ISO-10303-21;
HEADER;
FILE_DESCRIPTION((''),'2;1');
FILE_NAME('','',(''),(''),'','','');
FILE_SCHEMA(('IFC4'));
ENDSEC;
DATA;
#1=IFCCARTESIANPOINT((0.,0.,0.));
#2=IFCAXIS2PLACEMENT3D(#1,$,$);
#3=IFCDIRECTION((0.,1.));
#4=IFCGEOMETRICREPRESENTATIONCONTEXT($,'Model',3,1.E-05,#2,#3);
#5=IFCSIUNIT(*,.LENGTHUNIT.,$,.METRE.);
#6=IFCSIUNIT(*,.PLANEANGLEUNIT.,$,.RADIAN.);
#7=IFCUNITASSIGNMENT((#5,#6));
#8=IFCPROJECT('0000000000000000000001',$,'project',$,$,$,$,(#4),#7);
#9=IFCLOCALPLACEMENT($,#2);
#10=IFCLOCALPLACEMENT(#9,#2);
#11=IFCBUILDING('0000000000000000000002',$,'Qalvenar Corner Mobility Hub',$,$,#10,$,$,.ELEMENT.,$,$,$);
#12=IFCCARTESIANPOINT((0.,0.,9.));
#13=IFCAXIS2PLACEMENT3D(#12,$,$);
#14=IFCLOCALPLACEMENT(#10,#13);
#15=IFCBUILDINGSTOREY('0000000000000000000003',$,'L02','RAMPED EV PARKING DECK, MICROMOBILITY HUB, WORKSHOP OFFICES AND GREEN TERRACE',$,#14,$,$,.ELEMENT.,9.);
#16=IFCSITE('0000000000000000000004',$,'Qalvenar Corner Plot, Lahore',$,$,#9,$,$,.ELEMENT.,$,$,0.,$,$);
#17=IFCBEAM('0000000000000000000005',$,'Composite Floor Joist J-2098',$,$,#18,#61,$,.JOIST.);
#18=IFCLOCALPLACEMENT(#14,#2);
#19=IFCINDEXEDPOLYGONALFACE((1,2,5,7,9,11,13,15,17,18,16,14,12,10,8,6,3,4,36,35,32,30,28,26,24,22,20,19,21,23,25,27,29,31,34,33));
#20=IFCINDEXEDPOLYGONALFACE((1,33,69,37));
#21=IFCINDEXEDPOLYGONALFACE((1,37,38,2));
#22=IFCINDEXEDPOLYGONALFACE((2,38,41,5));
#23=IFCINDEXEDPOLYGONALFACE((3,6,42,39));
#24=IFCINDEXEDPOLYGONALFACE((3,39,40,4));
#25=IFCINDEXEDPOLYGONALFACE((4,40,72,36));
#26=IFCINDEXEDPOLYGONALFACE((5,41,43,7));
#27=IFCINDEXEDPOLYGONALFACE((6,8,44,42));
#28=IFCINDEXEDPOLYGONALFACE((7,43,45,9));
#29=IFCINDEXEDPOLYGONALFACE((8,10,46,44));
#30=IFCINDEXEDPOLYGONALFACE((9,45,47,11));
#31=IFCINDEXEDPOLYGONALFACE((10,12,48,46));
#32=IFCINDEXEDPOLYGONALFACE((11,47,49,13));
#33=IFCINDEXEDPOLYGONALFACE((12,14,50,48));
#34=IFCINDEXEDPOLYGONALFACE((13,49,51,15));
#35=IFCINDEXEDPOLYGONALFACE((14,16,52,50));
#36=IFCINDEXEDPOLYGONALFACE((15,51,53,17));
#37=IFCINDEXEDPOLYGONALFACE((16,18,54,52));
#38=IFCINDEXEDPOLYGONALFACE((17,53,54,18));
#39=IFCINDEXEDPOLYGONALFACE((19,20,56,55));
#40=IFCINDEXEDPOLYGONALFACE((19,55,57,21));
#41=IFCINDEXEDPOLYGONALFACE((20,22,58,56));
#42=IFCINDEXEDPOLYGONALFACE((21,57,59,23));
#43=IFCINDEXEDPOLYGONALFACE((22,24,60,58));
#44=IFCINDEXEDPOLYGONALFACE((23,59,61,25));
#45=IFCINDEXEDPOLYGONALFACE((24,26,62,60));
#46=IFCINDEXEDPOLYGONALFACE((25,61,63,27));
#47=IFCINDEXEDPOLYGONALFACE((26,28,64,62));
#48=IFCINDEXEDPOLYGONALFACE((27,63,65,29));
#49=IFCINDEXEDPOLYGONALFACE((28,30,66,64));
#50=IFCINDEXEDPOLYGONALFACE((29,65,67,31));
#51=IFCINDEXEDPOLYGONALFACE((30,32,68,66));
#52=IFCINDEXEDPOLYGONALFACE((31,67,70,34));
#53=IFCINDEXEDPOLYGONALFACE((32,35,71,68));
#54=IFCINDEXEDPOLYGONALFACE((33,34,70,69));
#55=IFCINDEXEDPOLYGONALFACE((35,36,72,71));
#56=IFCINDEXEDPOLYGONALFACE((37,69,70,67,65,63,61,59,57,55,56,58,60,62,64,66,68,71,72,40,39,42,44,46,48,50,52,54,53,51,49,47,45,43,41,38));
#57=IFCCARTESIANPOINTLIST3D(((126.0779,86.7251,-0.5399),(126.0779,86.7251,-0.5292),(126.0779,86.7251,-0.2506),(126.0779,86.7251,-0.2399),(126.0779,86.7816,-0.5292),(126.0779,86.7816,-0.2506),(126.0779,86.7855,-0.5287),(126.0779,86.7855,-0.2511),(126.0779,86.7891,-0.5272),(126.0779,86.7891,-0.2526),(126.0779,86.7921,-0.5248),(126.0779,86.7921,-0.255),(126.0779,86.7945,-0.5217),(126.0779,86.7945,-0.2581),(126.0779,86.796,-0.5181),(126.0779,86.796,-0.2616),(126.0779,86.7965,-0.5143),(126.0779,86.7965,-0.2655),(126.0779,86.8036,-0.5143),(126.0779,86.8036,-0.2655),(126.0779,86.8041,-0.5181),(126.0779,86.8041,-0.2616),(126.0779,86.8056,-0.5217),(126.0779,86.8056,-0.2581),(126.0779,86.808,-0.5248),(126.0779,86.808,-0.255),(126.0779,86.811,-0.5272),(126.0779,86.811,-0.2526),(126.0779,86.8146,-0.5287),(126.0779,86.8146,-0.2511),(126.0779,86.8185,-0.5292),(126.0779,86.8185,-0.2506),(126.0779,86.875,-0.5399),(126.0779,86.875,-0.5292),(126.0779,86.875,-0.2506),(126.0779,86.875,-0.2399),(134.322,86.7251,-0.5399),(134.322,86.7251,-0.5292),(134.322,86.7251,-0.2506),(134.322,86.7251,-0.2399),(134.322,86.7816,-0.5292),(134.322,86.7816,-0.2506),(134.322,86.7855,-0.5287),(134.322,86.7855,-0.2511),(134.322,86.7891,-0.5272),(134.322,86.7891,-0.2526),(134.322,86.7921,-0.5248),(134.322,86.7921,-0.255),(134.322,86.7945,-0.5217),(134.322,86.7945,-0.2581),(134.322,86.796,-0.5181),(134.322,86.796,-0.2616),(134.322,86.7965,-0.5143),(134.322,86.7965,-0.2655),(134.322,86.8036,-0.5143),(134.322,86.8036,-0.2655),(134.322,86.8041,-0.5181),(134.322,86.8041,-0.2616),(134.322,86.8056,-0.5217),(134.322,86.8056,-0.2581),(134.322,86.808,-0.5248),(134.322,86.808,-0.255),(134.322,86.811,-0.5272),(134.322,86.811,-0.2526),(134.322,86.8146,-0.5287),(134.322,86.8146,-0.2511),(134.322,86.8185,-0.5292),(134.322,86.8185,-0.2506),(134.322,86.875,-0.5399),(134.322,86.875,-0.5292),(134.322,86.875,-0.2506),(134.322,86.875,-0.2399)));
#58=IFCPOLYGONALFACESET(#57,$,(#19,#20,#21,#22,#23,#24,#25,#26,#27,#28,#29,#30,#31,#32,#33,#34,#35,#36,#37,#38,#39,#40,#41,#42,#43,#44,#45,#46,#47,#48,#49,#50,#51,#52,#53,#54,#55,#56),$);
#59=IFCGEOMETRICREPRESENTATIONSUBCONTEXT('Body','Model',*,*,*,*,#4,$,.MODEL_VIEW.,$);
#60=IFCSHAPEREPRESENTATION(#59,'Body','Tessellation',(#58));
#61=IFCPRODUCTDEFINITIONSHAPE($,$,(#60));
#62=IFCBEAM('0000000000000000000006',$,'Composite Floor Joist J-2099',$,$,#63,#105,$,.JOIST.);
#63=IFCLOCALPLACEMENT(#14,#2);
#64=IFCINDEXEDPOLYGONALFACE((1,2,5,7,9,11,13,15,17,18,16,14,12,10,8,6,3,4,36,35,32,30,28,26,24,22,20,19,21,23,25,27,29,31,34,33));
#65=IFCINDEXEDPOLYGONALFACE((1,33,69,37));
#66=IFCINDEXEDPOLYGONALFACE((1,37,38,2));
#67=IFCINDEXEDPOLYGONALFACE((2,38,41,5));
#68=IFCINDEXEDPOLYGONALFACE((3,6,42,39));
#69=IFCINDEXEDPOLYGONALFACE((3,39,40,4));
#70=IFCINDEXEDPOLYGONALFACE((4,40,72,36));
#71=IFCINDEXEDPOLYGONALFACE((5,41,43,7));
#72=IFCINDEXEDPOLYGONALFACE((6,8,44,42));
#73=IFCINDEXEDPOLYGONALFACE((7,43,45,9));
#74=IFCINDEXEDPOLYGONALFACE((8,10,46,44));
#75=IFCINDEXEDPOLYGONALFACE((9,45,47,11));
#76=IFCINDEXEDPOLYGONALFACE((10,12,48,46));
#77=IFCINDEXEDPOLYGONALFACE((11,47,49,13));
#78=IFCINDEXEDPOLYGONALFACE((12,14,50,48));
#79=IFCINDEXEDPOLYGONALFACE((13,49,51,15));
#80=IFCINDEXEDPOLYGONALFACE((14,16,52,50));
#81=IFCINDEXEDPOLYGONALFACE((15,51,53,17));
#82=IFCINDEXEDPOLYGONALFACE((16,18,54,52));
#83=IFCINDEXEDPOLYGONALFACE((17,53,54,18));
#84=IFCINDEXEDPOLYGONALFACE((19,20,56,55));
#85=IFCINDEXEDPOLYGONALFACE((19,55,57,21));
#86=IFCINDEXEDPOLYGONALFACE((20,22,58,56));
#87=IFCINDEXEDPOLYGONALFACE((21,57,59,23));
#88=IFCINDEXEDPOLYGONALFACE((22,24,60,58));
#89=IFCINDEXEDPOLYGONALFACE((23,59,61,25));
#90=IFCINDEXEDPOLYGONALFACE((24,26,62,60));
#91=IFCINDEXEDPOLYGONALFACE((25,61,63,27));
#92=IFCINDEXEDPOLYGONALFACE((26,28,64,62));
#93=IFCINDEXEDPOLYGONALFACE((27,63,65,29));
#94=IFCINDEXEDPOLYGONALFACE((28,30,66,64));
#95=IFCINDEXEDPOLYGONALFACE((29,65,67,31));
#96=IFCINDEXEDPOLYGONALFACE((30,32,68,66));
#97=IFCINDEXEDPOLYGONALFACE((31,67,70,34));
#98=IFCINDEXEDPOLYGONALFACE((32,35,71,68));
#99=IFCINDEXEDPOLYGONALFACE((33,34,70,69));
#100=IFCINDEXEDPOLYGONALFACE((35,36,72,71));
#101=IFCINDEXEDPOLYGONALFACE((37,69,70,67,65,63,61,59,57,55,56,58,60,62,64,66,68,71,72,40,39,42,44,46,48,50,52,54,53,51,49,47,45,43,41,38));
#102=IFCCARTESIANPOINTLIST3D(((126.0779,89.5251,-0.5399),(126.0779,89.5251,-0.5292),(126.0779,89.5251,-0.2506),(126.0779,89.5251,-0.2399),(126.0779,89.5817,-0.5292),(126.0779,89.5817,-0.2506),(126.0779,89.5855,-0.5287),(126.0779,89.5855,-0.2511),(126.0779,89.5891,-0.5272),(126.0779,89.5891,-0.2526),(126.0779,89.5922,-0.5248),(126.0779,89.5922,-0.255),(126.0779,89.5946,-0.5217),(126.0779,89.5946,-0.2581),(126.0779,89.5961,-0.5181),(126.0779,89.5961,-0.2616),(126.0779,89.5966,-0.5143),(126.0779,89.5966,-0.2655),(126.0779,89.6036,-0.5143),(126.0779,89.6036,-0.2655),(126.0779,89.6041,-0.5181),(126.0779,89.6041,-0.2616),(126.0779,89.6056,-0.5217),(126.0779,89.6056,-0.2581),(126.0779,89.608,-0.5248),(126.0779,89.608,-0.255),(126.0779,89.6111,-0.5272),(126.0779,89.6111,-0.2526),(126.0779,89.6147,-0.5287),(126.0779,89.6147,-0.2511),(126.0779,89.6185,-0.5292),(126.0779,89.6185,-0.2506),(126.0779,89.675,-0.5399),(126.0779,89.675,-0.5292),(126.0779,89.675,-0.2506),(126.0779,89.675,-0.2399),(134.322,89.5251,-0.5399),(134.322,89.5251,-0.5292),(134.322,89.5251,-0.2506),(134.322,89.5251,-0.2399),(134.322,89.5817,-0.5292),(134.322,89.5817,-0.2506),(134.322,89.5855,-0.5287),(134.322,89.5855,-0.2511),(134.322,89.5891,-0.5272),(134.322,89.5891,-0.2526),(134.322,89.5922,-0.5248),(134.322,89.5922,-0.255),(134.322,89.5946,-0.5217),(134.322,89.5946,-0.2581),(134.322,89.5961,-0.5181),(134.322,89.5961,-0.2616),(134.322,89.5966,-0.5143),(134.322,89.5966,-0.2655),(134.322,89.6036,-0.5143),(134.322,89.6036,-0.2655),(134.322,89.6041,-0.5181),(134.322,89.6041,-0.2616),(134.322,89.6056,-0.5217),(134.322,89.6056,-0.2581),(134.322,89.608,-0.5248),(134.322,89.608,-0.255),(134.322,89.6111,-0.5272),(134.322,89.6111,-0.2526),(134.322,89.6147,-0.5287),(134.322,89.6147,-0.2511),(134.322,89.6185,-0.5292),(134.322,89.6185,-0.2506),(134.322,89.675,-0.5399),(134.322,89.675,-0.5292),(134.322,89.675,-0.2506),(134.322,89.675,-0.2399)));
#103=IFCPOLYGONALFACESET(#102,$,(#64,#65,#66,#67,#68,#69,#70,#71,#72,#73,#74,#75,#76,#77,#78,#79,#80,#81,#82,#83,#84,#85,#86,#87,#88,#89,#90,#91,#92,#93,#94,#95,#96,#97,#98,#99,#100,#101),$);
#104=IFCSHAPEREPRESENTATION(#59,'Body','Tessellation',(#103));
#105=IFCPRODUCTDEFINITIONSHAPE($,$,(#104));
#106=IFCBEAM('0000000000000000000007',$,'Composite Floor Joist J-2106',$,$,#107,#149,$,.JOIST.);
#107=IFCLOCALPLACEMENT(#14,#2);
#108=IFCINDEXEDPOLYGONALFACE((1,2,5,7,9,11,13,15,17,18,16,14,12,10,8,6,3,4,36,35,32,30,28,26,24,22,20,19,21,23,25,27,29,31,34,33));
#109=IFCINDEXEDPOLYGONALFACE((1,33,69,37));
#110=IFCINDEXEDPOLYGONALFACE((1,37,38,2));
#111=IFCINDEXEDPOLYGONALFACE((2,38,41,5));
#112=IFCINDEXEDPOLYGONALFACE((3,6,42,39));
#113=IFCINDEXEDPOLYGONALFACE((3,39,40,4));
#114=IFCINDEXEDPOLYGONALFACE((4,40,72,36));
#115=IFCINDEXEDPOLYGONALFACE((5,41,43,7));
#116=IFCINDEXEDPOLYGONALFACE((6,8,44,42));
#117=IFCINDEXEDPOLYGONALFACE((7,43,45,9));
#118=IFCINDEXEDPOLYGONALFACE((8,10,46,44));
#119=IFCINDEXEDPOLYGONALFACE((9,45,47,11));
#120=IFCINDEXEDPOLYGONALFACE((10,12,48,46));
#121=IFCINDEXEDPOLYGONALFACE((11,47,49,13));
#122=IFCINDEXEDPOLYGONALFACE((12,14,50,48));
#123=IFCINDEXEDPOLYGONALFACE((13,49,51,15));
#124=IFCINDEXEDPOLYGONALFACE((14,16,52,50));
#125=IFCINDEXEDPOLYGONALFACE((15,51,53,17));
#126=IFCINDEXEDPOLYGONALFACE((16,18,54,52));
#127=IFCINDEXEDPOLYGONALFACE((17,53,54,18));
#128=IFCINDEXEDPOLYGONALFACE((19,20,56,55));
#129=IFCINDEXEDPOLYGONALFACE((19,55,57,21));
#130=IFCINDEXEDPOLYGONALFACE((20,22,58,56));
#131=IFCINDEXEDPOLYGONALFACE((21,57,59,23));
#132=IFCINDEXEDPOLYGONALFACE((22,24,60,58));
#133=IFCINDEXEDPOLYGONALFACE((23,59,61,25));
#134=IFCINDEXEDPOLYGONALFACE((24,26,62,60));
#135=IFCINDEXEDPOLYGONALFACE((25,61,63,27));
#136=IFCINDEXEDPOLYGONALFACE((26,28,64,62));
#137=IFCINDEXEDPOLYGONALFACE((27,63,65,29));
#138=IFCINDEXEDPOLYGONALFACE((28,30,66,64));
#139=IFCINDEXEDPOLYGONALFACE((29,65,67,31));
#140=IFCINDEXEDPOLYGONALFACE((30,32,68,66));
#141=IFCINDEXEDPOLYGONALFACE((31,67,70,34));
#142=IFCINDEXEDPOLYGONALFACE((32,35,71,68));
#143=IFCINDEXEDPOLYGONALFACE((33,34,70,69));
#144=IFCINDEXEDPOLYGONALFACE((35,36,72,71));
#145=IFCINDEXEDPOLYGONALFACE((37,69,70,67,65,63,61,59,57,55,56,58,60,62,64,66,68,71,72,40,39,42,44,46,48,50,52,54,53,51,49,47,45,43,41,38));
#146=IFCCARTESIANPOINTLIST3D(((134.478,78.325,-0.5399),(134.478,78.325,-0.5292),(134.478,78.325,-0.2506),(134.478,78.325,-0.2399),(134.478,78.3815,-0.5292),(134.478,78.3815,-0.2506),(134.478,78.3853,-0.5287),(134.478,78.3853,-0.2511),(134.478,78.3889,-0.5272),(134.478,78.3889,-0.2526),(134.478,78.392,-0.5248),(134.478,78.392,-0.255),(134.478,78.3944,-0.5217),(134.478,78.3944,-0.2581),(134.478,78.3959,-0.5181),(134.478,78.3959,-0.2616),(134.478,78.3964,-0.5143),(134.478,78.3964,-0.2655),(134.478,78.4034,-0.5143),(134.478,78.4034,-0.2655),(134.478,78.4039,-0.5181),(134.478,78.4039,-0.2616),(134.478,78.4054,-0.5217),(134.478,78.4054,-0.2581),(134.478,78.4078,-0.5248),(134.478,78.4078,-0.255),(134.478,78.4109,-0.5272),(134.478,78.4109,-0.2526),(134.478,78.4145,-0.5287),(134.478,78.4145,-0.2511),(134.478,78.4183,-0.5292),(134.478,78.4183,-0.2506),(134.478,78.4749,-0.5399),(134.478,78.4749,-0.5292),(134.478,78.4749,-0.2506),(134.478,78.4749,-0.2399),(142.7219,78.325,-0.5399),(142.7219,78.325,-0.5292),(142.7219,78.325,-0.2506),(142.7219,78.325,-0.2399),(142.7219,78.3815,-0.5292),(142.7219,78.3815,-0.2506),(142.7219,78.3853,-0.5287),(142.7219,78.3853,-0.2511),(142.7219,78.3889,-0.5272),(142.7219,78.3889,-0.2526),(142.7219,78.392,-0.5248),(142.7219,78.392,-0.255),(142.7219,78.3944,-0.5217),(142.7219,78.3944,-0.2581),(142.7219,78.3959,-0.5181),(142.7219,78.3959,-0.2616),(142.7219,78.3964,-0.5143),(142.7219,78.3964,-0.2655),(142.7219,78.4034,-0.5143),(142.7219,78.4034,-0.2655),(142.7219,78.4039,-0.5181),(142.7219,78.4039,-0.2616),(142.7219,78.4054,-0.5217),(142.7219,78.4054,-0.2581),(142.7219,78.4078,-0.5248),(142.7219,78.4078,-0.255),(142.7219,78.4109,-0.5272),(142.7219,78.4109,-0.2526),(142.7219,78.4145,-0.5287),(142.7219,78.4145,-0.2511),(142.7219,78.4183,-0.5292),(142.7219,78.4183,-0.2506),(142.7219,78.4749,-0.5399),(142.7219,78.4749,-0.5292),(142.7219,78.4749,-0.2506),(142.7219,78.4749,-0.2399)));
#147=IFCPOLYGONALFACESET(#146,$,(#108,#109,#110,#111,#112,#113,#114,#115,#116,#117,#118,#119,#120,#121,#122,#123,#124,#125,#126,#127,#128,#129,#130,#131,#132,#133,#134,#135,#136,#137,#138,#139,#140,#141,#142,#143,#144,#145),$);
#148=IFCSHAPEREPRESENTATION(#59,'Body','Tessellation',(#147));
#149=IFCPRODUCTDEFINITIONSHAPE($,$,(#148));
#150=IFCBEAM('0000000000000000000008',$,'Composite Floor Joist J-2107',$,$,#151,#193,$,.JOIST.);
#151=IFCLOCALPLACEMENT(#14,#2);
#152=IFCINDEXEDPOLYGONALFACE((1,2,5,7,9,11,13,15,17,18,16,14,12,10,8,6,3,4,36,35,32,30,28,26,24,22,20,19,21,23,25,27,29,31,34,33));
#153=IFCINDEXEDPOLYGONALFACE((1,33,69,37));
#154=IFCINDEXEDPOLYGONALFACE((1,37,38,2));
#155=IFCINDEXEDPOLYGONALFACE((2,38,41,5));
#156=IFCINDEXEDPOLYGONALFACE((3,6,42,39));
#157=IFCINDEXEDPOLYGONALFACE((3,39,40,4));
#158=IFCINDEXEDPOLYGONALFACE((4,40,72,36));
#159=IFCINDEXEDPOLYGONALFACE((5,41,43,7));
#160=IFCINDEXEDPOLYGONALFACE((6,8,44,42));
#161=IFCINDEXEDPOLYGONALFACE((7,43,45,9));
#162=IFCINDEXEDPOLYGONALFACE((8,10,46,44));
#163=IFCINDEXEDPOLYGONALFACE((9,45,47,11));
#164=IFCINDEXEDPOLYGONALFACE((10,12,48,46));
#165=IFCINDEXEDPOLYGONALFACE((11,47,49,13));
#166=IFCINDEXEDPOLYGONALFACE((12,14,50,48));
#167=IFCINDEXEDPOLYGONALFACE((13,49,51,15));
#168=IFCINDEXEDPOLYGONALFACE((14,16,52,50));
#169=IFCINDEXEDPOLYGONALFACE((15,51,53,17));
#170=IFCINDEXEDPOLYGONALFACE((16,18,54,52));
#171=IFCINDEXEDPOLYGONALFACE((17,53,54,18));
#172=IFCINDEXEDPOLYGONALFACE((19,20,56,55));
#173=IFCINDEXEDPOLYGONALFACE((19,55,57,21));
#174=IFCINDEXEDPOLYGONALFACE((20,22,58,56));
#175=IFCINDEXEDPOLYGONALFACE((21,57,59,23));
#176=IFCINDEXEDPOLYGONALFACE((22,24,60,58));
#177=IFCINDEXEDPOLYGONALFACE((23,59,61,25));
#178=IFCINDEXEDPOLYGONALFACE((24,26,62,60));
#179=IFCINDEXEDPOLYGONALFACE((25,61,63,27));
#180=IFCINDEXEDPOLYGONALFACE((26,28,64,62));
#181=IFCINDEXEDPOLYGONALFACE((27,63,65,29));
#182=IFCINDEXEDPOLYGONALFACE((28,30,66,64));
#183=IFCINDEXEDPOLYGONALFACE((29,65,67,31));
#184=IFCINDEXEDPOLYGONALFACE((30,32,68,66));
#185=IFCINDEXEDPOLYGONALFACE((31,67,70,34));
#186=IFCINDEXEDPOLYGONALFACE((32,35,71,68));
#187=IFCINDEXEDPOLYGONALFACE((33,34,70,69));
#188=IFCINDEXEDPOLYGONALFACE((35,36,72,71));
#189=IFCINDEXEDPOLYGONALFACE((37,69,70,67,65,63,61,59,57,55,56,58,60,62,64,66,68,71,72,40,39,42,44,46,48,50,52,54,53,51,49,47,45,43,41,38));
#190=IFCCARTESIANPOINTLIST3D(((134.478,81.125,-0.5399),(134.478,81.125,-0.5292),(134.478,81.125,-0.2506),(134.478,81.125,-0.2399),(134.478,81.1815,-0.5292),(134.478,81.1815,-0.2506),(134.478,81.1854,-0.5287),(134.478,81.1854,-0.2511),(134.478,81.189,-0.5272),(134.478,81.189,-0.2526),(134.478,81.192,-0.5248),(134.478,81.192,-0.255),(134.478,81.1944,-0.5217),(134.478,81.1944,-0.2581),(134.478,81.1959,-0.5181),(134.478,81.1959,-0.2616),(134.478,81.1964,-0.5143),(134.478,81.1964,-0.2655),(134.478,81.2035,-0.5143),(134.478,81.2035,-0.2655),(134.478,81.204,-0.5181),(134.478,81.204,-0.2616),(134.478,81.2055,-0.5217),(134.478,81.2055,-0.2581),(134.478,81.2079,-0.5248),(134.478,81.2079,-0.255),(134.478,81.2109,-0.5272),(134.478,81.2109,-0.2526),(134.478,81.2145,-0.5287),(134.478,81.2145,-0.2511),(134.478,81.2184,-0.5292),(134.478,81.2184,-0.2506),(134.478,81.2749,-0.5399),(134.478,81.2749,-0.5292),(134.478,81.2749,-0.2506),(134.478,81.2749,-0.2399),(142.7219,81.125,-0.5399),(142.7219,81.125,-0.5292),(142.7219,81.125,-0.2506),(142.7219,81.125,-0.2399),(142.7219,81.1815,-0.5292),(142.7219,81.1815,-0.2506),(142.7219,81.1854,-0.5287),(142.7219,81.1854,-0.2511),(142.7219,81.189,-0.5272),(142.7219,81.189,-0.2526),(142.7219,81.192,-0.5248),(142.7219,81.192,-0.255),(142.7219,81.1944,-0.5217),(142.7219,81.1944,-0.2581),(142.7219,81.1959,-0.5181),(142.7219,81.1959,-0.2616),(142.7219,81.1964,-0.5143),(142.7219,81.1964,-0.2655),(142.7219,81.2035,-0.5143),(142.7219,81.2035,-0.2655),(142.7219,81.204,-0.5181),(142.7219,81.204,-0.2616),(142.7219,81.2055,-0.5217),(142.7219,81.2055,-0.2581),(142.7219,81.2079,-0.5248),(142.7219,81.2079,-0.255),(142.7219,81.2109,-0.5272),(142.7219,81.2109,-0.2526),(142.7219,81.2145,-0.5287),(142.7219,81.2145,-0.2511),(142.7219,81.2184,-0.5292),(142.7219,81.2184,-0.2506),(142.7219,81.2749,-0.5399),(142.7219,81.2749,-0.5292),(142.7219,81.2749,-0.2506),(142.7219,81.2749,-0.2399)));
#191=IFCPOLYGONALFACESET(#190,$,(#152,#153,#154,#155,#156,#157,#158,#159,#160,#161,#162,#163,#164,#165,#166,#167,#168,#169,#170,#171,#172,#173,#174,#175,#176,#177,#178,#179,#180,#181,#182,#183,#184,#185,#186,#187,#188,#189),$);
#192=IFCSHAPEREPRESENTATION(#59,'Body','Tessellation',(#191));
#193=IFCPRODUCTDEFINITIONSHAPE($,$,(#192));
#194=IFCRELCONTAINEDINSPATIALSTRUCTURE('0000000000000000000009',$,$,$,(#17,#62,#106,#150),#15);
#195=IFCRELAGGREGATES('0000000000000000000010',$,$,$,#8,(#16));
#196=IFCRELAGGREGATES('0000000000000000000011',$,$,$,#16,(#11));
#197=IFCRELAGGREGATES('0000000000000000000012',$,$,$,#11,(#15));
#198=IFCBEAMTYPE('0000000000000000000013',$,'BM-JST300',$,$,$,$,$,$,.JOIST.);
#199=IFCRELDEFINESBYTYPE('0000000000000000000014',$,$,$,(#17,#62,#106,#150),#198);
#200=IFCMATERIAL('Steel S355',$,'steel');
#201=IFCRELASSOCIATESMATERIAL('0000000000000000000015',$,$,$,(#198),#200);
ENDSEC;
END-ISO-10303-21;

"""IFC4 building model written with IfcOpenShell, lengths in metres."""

from ifc_helpers import new_model, si_unit, direction, frame, origin, origin_2d, place, context, subcontext, project, spatial, i_section, extrude, material, material_profile, profile_set, type_object, element, save


model = new_model("IFC4")

# Units and contexts
model_context = context("Model", 3, precision=1e-05, world=origin(), true_north=direction((0.0, 1.0)))
body_context = subcontext(model_context, "Body", "Model", "MODEL_VIEW")
ifc_project = project(units=[si_unit("LENGTHUNIT", "METRE"), si_unit("PLANEANGLEUNIT", "RADIAN")], contexts=[model_context])

# Site, building, storey
site_placement = place(None, origin())
site = spatial("IfcSite", under=ifc_project, at=site_placement, Name="Qalvenar Corner Plot, Lahore", CompositionType="ELEMENT", RefElevation=0.0)
building_placement = place(site_placement, origin())
building = spatial("IfcBuilding", under=site, at=building_placement, Name="Qalvenar Corner Mobility Hub", CompositionType="ELEMENT")
storey_placement = place(building_placement, frame((0.0, 0.0, 9.0)))
storey = spatial("IfcBuildingStorey", under=building, at=storey_placement, Name="L02", Description="RAMPED EV PARKING DECK, MICROMOBILITY HUB, WORKSHOP OFFICES AND GREEN TERRACE", CompositionType="ELEMENT", Elevation=9.0)

# Shared definitions
ifc_material_1 = material(Name="Steel S355", Category="steel")

# Beams
ifc_material_profile_1 = material_profile(ifc_material_1, i_section(OverallWidth=0.1499, OverallDepth=0.3, WebThickness=0.0071, FlangeThickness=0.0107, FilletRadius=0.0149, at=origin_2d()), Name="IPE300")
ifc_profile_set_1 = profile_set([ifc_material_profile_1], Name="Steel S355")
beam_type_1 = type_object("IfcBeamType", Name="BM-JST300", PredefinedType="JOIST", material=ifc_profile_set_1)
for number, where, z_axis, x_axis, name in (
    (1, (126.0779, 86.8, -0.3899), (1.0, 0.0, 0.0), (0.0, 1.0, 0.0), "Composite Floor Joist J-2098"),
    (2, (126.0779, 89.6001, -0.3899), (1.0, 0.0, 0.0), (0.0, 1.0, 0.0), "Composite Floor Joist J-2099"),
):
    element("IfcBeam", number, at=place(storey_placement, frame(where, z_axis=z_axis, x_axis=x_axis)), inside=storey, type_object=beam_type_1, Name=name, PredefinedType="JOIST", context=body_context, shape_type="SweptSolid", body=[
        extrude(i_section(OverallWidth=0.1499, OverallDepth=0.3, WebThickness=0.0071, FlangeThickness=0.0107, FilletRadius=0.0149, at=origin_2d()), origin(), (0.0, 0.0, 1.0), 8.2441),
    ])
for number, where, z_axis, x_axis, name in (
    (3, (134.478, 78.3999, -0.3899), (1.0, 0.0, 0.0), (0.0, 1.0, 0.0), "Composite Floor Joist J-2106"),
    (4, (134.478, 81.2, -0.3899), (1.0, 0.0, 0.0), (0.0, 1.0, 0.0), "Composite Floor Joist J-2107"),
):
    element("IfcBeam", number, at=place(storey_placement, frame(where, z_axis=z_axis, x_axis=x_axis)), inside=storey, type_object=beam_type_1, Name=name, PredefinedType="JOIST", context=body_context, shape_type="SweptSolid", body=[
        extrude(i_section(OverallWidth=0.1499, OverallDepth=0.3, WebThickness=0.0071, FlangeThickness=0.0107, FilletRadius=0.0149, at=origin_2d()), origin(), (0.0, 0.0, 1.0), 8.2439),
    ])

save(model, "model.ifc")
